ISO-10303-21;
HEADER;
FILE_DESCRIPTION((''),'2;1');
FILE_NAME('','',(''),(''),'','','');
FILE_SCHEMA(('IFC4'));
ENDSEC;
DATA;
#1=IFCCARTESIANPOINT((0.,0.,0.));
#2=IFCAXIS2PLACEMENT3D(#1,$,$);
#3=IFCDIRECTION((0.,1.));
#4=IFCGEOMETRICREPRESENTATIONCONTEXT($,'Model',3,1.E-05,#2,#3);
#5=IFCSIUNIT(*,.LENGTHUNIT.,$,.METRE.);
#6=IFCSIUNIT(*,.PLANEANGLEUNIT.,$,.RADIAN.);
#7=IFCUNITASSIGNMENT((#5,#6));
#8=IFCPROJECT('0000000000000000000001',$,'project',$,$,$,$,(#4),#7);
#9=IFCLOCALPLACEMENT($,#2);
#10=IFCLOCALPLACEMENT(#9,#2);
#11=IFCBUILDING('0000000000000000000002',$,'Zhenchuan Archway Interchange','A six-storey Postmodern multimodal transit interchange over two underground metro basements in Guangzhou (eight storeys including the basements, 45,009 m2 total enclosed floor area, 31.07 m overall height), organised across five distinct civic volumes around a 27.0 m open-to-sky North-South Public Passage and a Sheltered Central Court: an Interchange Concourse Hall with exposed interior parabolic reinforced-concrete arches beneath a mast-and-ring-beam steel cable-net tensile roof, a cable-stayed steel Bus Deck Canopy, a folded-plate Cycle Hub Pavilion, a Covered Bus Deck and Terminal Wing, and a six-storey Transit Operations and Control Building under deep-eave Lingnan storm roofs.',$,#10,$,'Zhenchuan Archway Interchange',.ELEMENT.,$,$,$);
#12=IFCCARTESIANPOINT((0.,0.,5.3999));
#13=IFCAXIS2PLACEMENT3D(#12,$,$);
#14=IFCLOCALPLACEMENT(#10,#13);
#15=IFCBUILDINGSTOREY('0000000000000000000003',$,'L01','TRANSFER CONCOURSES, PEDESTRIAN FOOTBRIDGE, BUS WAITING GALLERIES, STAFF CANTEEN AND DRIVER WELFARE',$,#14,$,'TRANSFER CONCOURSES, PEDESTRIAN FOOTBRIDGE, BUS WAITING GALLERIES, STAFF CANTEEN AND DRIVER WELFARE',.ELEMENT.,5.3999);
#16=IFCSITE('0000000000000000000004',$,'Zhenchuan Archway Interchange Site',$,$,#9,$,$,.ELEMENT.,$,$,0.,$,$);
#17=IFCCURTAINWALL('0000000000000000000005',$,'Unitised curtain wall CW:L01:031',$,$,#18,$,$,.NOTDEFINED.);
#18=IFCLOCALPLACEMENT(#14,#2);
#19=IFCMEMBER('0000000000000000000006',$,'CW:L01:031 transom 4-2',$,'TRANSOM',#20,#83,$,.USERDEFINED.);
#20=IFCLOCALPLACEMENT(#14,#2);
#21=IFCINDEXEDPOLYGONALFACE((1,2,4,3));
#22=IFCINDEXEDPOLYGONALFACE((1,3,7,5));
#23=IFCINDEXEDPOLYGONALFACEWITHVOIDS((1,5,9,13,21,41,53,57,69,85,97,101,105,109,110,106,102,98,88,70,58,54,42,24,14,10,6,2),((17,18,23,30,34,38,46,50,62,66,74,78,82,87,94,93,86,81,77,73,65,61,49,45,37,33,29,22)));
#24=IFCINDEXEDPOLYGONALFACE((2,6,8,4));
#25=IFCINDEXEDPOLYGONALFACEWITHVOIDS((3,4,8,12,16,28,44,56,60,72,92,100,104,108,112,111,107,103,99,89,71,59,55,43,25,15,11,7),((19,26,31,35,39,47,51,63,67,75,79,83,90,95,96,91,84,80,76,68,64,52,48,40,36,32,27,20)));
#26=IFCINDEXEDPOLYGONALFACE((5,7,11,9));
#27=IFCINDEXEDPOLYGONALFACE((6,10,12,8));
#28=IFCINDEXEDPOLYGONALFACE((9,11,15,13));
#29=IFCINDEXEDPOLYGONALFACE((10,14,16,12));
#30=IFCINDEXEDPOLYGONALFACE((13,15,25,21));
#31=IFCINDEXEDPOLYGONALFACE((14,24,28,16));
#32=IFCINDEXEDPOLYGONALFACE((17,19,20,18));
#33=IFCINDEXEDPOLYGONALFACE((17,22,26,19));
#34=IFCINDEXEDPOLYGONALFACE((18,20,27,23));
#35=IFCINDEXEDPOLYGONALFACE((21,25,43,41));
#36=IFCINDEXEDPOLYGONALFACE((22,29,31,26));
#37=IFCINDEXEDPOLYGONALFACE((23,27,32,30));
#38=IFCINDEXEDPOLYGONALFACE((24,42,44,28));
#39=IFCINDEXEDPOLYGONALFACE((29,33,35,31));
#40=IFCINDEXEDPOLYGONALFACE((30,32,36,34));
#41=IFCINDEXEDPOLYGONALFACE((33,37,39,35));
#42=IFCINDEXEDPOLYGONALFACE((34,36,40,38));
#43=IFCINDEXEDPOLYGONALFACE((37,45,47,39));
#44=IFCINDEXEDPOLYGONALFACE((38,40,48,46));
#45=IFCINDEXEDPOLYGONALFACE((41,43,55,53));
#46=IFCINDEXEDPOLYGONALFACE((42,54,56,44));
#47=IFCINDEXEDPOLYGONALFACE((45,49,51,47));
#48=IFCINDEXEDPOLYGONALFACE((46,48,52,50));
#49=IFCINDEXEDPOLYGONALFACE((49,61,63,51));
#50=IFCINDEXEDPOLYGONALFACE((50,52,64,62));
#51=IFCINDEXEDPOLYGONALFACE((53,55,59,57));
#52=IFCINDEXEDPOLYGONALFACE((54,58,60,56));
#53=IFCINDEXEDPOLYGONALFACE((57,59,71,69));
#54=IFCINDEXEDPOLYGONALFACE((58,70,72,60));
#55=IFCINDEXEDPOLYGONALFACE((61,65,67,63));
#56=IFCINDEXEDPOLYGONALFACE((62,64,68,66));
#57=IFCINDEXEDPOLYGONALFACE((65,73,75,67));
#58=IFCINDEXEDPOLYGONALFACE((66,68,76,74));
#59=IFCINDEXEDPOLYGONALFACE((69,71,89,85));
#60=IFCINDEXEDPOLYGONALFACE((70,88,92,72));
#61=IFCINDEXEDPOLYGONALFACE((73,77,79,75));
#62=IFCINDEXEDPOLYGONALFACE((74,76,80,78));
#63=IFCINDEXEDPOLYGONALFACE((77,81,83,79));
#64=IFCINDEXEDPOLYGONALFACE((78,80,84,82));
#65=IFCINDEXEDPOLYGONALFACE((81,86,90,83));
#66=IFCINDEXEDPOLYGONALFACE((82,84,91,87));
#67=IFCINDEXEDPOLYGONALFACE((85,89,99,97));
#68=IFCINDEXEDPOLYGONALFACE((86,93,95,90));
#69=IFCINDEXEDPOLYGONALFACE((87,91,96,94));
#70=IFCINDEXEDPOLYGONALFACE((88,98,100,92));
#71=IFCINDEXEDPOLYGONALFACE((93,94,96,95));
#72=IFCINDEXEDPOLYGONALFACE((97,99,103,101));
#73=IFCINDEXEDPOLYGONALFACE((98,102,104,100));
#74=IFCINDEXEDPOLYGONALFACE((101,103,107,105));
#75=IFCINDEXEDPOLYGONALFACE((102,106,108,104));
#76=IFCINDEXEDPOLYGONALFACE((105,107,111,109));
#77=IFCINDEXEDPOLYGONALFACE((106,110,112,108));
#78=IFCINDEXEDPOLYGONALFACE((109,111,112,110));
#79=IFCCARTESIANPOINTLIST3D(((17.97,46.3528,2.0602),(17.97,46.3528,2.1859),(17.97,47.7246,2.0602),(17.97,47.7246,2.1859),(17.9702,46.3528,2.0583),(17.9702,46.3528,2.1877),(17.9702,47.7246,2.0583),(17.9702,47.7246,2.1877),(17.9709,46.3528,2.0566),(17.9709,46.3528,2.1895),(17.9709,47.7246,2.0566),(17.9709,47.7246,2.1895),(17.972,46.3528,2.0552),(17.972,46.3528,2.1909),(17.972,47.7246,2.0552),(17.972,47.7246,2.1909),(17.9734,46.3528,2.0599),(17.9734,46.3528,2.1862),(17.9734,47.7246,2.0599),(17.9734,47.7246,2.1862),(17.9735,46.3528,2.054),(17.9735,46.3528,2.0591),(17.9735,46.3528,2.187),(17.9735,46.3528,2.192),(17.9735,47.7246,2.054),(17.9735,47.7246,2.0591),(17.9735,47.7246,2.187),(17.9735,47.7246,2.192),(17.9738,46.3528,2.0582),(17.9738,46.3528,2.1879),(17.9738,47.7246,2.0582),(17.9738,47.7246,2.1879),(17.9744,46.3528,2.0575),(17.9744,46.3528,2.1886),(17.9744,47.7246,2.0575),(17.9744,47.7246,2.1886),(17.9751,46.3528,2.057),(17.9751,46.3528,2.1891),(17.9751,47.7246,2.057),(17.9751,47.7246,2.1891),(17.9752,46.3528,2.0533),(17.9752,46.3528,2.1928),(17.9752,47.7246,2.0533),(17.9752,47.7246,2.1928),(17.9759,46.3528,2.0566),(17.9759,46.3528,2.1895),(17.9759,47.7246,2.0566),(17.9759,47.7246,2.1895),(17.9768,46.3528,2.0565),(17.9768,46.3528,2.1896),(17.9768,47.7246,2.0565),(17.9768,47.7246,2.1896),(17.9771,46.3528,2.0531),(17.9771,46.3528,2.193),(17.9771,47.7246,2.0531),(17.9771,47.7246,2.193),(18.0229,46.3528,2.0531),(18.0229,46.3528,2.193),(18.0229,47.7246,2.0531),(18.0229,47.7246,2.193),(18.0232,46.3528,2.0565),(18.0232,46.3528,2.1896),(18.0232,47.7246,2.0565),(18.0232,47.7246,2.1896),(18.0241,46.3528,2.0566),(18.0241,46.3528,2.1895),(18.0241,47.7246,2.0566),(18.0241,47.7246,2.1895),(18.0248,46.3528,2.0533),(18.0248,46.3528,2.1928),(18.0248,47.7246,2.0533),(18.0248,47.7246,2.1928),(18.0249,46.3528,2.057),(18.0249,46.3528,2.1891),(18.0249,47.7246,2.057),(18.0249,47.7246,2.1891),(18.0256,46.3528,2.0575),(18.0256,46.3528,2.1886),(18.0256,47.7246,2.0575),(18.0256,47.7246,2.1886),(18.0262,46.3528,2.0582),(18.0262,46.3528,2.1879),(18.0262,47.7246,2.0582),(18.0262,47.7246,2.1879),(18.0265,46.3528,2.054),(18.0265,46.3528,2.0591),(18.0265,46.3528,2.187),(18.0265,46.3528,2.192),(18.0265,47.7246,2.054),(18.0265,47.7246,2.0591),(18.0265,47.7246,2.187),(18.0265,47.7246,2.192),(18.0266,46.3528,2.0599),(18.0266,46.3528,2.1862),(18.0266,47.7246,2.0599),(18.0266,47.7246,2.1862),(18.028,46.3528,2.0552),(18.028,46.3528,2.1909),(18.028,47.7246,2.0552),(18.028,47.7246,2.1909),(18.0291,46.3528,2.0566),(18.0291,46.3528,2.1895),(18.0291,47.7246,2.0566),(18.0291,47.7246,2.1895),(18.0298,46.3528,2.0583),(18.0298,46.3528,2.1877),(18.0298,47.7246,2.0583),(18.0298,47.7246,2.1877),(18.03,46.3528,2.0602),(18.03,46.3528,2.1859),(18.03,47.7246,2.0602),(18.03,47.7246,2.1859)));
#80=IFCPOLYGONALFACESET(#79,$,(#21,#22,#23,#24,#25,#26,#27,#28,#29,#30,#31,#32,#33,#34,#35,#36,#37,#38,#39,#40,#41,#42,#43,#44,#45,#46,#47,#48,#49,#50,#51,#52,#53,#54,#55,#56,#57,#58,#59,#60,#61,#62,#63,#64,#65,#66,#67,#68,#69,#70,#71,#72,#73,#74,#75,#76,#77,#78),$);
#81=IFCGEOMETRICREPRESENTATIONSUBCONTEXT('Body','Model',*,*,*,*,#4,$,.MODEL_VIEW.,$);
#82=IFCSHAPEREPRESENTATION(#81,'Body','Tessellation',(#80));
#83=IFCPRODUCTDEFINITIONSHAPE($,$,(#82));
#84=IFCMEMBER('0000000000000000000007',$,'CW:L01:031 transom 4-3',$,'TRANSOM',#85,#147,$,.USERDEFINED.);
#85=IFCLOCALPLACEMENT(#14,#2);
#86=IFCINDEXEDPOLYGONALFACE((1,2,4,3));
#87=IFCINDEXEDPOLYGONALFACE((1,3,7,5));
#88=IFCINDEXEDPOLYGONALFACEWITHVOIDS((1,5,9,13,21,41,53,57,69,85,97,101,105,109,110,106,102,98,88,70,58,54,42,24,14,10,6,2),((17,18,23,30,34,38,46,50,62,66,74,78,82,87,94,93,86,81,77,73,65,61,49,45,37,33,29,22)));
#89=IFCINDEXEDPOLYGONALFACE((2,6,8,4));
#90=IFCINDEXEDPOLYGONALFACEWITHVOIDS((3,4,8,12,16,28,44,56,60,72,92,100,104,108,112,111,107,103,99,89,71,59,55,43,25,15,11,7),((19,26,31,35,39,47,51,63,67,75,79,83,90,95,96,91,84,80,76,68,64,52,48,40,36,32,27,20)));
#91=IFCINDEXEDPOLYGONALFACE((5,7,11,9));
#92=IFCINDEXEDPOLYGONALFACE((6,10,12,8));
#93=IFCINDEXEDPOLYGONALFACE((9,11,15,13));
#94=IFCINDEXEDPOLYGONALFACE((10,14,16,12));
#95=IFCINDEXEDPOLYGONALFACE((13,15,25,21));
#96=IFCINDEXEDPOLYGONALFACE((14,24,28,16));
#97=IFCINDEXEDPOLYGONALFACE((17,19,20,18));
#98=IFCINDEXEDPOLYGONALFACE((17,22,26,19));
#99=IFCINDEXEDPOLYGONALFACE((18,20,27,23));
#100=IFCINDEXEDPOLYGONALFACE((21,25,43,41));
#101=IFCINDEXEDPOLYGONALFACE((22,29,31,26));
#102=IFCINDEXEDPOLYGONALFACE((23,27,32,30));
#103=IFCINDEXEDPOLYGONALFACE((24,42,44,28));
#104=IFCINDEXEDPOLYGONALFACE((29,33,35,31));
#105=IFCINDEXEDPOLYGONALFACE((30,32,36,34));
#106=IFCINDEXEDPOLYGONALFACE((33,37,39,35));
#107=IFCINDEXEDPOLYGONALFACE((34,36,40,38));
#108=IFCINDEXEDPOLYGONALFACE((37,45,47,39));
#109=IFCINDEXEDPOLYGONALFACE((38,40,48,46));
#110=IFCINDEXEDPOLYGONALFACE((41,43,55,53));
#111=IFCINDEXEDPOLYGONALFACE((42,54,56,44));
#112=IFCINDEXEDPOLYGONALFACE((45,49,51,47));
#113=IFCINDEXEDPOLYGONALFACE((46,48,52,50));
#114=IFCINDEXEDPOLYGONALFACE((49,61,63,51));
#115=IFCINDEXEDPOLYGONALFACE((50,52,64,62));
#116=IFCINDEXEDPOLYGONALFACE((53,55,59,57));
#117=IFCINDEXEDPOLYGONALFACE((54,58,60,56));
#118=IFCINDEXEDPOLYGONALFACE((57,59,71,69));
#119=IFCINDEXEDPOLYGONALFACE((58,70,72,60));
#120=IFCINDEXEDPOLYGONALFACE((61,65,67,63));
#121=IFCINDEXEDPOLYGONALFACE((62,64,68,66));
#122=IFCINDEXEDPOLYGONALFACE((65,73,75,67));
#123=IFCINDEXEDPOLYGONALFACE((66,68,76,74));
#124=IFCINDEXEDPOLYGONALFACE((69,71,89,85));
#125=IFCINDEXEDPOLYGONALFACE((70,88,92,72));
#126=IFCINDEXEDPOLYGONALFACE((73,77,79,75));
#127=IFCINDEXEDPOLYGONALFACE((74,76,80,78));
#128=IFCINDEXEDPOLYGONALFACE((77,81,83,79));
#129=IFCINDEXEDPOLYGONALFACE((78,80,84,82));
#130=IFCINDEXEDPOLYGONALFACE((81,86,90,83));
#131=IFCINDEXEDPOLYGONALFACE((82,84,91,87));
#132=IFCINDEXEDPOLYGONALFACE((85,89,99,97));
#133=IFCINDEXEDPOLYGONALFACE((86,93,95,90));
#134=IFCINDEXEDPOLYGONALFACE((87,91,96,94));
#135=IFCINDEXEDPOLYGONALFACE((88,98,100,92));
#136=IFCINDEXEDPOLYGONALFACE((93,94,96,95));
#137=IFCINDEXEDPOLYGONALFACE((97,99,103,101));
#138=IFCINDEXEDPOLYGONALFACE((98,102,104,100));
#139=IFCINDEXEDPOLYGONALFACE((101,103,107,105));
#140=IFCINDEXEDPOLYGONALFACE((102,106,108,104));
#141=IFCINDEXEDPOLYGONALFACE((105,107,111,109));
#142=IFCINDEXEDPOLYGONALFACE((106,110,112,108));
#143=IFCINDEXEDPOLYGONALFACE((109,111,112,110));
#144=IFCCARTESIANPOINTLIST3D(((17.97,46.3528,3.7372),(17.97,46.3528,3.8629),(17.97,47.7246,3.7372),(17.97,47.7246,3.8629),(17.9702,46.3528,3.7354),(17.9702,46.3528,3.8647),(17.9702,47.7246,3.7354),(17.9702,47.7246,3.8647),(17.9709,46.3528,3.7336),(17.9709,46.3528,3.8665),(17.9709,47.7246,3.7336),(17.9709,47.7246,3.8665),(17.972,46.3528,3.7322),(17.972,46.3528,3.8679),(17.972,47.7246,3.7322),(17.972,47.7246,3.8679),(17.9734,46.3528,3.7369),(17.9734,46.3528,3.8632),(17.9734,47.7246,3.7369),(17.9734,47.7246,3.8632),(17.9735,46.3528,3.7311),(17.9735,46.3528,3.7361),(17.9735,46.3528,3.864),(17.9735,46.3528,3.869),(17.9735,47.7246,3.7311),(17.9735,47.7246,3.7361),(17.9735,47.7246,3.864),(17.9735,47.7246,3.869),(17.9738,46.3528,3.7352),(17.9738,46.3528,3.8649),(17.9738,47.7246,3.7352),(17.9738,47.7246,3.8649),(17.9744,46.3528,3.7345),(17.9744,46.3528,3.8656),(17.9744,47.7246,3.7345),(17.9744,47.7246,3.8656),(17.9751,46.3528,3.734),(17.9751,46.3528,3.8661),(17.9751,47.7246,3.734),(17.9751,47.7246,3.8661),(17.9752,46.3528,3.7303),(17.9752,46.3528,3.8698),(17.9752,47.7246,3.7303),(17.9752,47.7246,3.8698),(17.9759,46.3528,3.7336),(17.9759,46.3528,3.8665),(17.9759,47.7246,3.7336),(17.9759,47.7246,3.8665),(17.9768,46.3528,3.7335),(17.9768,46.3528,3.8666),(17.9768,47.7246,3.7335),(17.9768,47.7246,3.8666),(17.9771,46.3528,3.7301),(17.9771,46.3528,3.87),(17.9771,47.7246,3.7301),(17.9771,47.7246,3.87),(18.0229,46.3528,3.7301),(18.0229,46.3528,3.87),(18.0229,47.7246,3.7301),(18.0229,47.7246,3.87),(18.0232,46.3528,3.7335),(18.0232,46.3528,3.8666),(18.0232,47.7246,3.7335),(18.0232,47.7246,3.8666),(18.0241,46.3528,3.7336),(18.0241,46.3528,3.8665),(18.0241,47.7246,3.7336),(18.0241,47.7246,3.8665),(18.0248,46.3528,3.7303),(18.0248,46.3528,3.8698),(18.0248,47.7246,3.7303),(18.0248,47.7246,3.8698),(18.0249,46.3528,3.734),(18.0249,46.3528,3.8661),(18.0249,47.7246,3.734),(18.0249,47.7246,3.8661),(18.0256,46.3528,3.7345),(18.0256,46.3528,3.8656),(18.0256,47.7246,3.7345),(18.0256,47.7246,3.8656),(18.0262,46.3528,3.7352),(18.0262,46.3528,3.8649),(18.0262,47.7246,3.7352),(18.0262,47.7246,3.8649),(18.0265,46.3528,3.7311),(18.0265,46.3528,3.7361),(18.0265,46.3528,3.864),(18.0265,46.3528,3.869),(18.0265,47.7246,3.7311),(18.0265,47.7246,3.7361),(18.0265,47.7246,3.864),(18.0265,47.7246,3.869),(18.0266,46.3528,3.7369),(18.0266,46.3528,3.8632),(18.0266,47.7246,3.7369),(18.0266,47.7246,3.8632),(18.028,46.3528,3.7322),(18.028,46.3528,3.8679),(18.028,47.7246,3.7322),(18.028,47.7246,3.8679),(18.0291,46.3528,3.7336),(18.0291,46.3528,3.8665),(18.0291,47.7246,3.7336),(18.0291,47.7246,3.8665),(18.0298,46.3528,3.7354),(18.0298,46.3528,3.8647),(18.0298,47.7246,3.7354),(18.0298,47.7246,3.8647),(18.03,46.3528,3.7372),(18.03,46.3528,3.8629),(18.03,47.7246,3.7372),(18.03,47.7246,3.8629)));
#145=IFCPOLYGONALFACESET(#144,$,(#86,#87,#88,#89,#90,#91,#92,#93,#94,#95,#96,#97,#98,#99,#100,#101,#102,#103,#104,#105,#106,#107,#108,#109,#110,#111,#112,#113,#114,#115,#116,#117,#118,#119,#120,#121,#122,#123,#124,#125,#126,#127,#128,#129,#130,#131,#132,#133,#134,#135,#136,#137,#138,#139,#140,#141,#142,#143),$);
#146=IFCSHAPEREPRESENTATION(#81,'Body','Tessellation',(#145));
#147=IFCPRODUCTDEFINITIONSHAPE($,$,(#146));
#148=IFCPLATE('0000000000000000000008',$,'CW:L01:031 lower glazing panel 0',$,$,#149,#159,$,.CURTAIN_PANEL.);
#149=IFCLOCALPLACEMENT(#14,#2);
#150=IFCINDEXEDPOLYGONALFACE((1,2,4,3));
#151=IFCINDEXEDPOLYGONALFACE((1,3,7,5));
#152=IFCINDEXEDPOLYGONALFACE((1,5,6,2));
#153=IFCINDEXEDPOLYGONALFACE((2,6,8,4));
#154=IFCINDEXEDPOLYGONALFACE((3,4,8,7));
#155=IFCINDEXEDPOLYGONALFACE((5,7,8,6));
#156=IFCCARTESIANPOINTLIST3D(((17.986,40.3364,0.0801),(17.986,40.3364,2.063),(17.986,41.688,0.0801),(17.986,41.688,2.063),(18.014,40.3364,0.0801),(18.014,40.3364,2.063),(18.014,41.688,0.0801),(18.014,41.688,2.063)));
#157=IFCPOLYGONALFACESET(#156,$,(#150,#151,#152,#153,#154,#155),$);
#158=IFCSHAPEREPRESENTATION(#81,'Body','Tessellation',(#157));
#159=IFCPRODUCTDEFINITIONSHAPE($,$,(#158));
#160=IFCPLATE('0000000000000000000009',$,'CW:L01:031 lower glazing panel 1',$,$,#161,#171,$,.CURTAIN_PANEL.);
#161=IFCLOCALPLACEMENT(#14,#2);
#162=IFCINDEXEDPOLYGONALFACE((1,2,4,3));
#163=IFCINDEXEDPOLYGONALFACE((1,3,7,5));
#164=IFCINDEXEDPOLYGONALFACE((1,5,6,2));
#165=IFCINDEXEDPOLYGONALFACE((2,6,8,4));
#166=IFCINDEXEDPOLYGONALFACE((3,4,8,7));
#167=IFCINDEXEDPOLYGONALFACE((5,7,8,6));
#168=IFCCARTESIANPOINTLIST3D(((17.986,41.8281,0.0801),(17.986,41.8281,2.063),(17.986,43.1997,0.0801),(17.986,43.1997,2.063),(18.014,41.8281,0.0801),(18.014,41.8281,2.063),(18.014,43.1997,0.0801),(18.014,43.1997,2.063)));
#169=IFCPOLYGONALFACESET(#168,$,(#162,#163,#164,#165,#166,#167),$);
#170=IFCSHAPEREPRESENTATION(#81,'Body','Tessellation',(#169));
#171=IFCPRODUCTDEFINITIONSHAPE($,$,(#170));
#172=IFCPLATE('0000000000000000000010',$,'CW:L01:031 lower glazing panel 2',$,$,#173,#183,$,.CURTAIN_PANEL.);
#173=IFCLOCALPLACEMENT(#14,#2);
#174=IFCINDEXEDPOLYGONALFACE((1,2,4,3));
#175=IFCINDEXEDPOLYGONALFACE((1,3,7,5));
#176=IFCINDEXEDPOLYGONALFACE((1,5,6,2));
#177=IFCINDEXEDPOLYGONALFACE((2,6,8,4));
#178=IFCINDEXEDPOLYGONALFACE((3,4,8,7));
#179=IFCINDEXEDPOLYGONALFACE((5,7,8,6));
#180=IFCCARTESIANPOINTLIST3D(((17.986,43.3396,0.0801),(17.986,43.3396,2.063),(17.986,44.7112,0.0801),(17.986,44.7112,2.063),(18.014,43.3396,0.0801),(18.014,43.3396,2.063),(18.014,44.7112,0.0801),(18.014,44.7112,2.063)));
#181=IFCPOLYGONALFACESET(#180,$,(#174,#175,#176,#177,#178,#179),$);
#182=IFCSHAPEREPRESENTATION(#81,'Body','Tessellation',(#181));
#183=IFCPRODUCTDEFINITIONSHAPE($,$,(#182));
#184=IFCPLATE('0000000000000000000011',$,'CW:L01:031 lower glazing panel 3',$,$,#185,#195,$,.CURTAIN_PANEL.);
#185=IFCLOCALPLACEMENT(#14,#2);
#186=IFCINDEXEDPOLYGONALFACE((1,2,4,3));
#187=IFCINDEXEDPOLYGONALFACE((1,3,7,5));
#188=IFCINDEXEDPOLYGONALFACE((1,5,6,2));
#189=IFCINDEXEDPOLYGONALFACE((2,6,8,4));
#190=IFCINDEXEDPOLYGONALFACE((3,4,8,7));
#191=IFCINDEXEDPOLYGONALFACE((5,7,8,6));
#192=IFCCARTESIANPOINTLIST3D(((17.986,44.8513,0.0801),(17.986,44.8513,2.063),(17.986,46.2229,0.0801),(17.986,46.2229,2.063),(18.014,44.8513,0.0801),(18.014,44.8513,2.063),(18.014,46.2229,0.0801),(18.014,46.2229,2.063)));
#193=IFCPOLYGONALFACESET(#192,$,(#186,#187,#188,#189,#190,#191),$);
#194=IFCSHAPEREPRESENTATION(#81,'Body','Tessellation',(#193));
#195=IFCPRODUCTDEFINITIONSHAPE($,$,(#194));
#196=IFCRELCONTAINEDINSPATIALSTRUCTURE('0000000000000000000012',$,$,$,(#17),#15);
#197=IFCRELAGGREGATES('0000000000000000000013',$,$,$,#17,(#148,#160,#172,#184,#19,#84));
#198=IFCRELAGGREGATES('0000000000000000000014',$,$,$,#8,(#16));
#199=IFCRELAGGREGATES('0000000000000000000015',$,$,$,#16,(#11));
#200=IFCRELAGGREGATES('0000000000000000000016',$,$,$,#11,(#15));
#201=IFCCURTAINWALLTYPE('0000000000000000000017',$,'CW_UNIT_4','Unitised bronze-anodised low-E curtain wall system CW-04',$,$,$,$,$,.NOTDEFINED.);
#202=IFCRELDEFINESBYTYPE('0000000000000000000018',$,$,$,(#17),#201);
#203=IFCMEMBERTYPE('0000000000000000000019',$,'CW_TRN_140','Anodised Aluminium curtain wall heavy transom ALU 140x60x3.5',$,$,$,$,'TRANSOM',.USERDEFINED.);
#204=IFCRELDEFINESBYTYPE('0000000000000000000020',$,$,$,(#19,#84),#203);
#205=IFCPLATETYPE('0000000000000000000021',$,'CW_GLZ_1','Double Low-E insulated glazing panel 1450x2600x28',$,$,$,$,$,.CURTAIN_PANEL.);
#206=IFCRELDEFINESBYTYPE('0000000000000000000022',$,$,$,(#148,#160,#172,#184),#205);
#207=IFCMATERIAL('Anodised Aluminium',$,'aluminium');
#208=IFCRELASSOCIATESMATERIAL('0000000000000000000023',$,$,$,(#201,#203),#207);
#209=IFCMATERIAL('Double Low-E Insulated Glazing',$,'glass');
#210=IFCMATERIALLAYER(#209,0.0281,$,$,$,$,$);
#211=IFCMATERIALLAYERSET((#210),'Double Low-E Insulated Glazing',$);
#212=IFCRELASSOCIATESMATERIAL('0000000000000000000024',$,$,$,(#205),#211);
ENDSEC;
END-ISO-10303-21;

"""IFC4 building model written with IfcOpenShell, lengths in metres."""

from ifc_helpers import new_model, si_unit, direction, frame, origin, origin_2d, place, context, subcontext, project, spatial, rectangle, hollow_rectangle, extrude, material, layer, layer_set, material_profile, profile_set, type_object, element, aggregate, save


model = new_model("IFC4")

# Units and contexts
model_context = context("Model", 3, precision=1e-05, world=origin(), true_north=direction((0.0, 1.0)))
body_context = subcontext(model_context, "Body", "Model", "MODEL_VIEW")
ifc_project = project(units=[si_unit("LENGTHUNIT", "METRE"), si_unit("PLANEANGLEUNIT", "RADIAN")], contexts=[model_context])

# Site, building, storey
site_placement = place(None, origin())
site = spatial("IfcSite", under=ifc_project, at=site_placement, Name="Zhenchuan Archway Interchange Site", CompositionType="ELEMENT", RefElevation=0.0)
building_placement = place(site_placement, origin())
building = spatial("IfcBuilding", under=site, at=building_placement, Name="Zhenchuan Archway Interchange", Description="A six-storey Postmodern multimodal transit interchange over two underground metro basements in Guangzhou (eight storeys including the basements, 45,009 m2 total enclosed floor area, 31.07 m overall height), organised across five distinct civic volumes around a 27.0 m open-to-sky North-South Public Passage and a Sheltered Central Court: an Interchange Concourse Hall with exposed interior parabolic reinforced-concrete arches beneath a mast-and-ring-beam steel cable-net tensile roof, a cable-stayed steel Bus Deck Canopy, a folded-plate Cycle Hub Pavilion, a Covered Bus Deck and Terminal Wing, and a six-storey Transit Operations and Control Building under deep-eave Lingnan storm roofs.", LongName="Zhenchuan Archway Interchange", CompositionType="ELEMENT")
storey_placement = place(building_placement, frame((0.0, 0.0, 5.3999)))
storey = spatial("IfcBuildingStorey", under=building, at=storey_placement, Name="L01", Description="TRANSFER CONCOURSES, PEDESTRIAN FOOTBRIDGE, BUS WAITING GALLERIES, STAFF CANTEEN AND DRIVER WELFARE", LongName="TRANSFER CONCOURSES, PEDESTRIAN FOOTBRIDGE, BUS WAITING GALLERIES, STAFF CANTEEN AND DRIVER WELFARE", CompositionType="ELEMENT", Elevation=5.3999)

# Curtain wall, members, plates
ifc_material_1 = material(Name="Anodised Aluminium", Category="aluminium")
curtain_wall_type = type_object("IfcCurtainWallType", Name="CW_UNIT_4", Description="Unitised bronze-anodised low-E curtain wall system CW-04", PredefinedType="NOTDEFINED", material=ifc_material_1)
curtain_wall_placement = place(storey_placement, origin())
curtain_wall = element("IfcCurtainWall", 1, at=curtain_wall_placement, inside=storey, type_object=curtain_wall_type, Name="Unitised curtain wall CW:L01:031", PredefinedType="NOTDEFINED")
ifc_material_profile_1 = material_profile(ifc_material_1, hollow_rectangle(XDim=0.0601, YDim=0.1399, WallThickness=0.0034, InnerFilletRadius=0.0034, OuterFilletRadius=0.0071, at=origin_2d()), Name="ALU 140x60x3.5")
ifc_profile_set_1 = profile_set([ifc_material_profile_1], Name="Anodised Aluminium")
member_type_1 = type_object("IfcMemberType", Name="CW_TRN_140", Description="Anodised Aluminium curtain wall heavy transom ALU 140x60x3.5", ElementType="TRANSOM", PredefinedType="USERDEFINED", material=ifc_profile_set_1)
member_1_placement = place(storey_placement, frame((18.0, 46.3528, 2.123), z_axis=(0.0, 1.0, 0.0), x_axis=(-1.0, 0.0, 0.0)))
member_1 = element("IfcMember", 2, at=member_1_placement, type_object=member_type_1, Name="CW:L01:031 transom 4-2", ObjectType="TRANSOM", PredefinedType="USERDEFINED", context=body_context, shape_type="SweptSolid", body=[
    extrude(hollow_rectangle(XDim=0.0601, YDim=0.1399, WallThickness=0.0034, InnerFilletRadius=0.0034, OuterFilletRadius=0.0071, at=origin_2d()), origin(), (0.0, 0.0, 1.0), 1.3718),
])
member_2_placement = place(storey_placement, frame((18.0, 46.3528, 3.8), z_axis=(0.0, 1.0, 0.0), x_axis=(-1.0, 0.0, 0.0)))
member_2 = element("IfcMember", 3, at=member_2_placement, type_object=member_type_1, Name="CW:L01:031 transom 4-3", ObjectType="TRANSOM", PredefinedType="USERDEFINED", context=body_context, shape_type="SweptSolid", body=[
    extrude(hollow_rectangle(XDim=0.0601, YDim=0.1399, WallThickness=0.0034, InnerFilletRadius=0.0034, OuterFilletRadius=0.0071, at=origin_2d()), origin(), (0.0, 0.0, 1.0), 1.3718),
])
ifc_material_2 = material(Name="Double Low-E Insulated Glazing", Category="glass")
ifc_layer_1 = layer(ifc_material_2, 0.0281)
ifc_layer_set_1 = layer_set([ifc_layer_1], Name="Double Low-E Insulated Glazing")
plate_type_1 = type_object("IfcPlateType", Name="CW_GLZ_1", Description="Double Low-E insulated glazing panel 1450x2600x28", PredefinedType="CURTAIN_PANEL", material=ifc_layer_set_1)
plate_1_placement = place(storey_placement, frame((18.0, 41.0122, 0.0801), z_axis=(0.0, 0.0, 1.0), x_axis=(0.0, 1.0, 0.0)))
plate_1 = element("IfcPlate", 4, at=plate_1_placement, type_object=plate_type_1, Name="CW:L01:031 lower glazing panel 0", PredefinedType="CURTAIN_PANEL", context=body_context, shape_type="SweptSolid", body=[
    extrude(rectangle(XDim=1.3516, YDim=0.0281, at=origin_2d()), origin(), (0.0, 0.0, 1.0), 1.9829),
])
plate_2_placement = place(storey_placement, frame((18.0, 42.5139, 0.0801), z_axis=(0.0, 0.0, 1.0), x_axis=(0.0, 1.0, 0.0)))
plate_2 = element("IfcPlate", 5, at=plate_2_placement, type_object=plate_type_1, Name="CW:L01:031 lower glazing panel 1", PredefinedType="CURTAIN_PANEL", context=body_context, shape_type="SweptSolid", body=[
    extrude(rectangle(XDim=1.3716, YDim=0.0281, at=origin_2d()), origin(), (0.0, 0.0, 1.0), 1.9829),
])
plate_3_placement = place(storey_placement, frame((18.0, 44.0254, 0.0801), z_axis=(0.0, 0.0, 1.0), x_axis=(0.0, 1.0, 0.0)))
plate_3 = element("IfcPlate", 6, at=plate_3_placement, type_object=plate_type_1, Name="CW:L01:031 lower glazing panel 2", PredefinedType="CURTAIN_PANEL", context=body_context, shape_type="SweptSolid", body=[
    extrude(rectangle(XDim=1.3716, YDim=0.0281, at=origin_2d()), origin(), (0.0, 0.0, 1.0), 1.9829),
])
plate_4_placement = place(storey_placement, frame((18.0, 45.5371, 0.0801), z_axis=(0.0, 0.0, 1.0), x_axis=(0.0, 1.0, 0.0)))
plate_4 = element("IfcPlate", 7, at=plate_4_placement, type_object=plate_type_1, Name="CW:L01:031 lower glazing panel 3", PredefinedType="CURTAIN_PANEL", context=body_context, shape_type="SweptSolid", body=[
    extrude(rectangle(XDim=1.3716, YDim=0.0281, at=origin_2d()), origin(), (0.0, 0.0, 1.0), 1.9829),
])
aggregate(curtain_wall, [plate_1, plate_2, plate_3, plate_4, member_1, member_2])

save(model, "model.ifc")
